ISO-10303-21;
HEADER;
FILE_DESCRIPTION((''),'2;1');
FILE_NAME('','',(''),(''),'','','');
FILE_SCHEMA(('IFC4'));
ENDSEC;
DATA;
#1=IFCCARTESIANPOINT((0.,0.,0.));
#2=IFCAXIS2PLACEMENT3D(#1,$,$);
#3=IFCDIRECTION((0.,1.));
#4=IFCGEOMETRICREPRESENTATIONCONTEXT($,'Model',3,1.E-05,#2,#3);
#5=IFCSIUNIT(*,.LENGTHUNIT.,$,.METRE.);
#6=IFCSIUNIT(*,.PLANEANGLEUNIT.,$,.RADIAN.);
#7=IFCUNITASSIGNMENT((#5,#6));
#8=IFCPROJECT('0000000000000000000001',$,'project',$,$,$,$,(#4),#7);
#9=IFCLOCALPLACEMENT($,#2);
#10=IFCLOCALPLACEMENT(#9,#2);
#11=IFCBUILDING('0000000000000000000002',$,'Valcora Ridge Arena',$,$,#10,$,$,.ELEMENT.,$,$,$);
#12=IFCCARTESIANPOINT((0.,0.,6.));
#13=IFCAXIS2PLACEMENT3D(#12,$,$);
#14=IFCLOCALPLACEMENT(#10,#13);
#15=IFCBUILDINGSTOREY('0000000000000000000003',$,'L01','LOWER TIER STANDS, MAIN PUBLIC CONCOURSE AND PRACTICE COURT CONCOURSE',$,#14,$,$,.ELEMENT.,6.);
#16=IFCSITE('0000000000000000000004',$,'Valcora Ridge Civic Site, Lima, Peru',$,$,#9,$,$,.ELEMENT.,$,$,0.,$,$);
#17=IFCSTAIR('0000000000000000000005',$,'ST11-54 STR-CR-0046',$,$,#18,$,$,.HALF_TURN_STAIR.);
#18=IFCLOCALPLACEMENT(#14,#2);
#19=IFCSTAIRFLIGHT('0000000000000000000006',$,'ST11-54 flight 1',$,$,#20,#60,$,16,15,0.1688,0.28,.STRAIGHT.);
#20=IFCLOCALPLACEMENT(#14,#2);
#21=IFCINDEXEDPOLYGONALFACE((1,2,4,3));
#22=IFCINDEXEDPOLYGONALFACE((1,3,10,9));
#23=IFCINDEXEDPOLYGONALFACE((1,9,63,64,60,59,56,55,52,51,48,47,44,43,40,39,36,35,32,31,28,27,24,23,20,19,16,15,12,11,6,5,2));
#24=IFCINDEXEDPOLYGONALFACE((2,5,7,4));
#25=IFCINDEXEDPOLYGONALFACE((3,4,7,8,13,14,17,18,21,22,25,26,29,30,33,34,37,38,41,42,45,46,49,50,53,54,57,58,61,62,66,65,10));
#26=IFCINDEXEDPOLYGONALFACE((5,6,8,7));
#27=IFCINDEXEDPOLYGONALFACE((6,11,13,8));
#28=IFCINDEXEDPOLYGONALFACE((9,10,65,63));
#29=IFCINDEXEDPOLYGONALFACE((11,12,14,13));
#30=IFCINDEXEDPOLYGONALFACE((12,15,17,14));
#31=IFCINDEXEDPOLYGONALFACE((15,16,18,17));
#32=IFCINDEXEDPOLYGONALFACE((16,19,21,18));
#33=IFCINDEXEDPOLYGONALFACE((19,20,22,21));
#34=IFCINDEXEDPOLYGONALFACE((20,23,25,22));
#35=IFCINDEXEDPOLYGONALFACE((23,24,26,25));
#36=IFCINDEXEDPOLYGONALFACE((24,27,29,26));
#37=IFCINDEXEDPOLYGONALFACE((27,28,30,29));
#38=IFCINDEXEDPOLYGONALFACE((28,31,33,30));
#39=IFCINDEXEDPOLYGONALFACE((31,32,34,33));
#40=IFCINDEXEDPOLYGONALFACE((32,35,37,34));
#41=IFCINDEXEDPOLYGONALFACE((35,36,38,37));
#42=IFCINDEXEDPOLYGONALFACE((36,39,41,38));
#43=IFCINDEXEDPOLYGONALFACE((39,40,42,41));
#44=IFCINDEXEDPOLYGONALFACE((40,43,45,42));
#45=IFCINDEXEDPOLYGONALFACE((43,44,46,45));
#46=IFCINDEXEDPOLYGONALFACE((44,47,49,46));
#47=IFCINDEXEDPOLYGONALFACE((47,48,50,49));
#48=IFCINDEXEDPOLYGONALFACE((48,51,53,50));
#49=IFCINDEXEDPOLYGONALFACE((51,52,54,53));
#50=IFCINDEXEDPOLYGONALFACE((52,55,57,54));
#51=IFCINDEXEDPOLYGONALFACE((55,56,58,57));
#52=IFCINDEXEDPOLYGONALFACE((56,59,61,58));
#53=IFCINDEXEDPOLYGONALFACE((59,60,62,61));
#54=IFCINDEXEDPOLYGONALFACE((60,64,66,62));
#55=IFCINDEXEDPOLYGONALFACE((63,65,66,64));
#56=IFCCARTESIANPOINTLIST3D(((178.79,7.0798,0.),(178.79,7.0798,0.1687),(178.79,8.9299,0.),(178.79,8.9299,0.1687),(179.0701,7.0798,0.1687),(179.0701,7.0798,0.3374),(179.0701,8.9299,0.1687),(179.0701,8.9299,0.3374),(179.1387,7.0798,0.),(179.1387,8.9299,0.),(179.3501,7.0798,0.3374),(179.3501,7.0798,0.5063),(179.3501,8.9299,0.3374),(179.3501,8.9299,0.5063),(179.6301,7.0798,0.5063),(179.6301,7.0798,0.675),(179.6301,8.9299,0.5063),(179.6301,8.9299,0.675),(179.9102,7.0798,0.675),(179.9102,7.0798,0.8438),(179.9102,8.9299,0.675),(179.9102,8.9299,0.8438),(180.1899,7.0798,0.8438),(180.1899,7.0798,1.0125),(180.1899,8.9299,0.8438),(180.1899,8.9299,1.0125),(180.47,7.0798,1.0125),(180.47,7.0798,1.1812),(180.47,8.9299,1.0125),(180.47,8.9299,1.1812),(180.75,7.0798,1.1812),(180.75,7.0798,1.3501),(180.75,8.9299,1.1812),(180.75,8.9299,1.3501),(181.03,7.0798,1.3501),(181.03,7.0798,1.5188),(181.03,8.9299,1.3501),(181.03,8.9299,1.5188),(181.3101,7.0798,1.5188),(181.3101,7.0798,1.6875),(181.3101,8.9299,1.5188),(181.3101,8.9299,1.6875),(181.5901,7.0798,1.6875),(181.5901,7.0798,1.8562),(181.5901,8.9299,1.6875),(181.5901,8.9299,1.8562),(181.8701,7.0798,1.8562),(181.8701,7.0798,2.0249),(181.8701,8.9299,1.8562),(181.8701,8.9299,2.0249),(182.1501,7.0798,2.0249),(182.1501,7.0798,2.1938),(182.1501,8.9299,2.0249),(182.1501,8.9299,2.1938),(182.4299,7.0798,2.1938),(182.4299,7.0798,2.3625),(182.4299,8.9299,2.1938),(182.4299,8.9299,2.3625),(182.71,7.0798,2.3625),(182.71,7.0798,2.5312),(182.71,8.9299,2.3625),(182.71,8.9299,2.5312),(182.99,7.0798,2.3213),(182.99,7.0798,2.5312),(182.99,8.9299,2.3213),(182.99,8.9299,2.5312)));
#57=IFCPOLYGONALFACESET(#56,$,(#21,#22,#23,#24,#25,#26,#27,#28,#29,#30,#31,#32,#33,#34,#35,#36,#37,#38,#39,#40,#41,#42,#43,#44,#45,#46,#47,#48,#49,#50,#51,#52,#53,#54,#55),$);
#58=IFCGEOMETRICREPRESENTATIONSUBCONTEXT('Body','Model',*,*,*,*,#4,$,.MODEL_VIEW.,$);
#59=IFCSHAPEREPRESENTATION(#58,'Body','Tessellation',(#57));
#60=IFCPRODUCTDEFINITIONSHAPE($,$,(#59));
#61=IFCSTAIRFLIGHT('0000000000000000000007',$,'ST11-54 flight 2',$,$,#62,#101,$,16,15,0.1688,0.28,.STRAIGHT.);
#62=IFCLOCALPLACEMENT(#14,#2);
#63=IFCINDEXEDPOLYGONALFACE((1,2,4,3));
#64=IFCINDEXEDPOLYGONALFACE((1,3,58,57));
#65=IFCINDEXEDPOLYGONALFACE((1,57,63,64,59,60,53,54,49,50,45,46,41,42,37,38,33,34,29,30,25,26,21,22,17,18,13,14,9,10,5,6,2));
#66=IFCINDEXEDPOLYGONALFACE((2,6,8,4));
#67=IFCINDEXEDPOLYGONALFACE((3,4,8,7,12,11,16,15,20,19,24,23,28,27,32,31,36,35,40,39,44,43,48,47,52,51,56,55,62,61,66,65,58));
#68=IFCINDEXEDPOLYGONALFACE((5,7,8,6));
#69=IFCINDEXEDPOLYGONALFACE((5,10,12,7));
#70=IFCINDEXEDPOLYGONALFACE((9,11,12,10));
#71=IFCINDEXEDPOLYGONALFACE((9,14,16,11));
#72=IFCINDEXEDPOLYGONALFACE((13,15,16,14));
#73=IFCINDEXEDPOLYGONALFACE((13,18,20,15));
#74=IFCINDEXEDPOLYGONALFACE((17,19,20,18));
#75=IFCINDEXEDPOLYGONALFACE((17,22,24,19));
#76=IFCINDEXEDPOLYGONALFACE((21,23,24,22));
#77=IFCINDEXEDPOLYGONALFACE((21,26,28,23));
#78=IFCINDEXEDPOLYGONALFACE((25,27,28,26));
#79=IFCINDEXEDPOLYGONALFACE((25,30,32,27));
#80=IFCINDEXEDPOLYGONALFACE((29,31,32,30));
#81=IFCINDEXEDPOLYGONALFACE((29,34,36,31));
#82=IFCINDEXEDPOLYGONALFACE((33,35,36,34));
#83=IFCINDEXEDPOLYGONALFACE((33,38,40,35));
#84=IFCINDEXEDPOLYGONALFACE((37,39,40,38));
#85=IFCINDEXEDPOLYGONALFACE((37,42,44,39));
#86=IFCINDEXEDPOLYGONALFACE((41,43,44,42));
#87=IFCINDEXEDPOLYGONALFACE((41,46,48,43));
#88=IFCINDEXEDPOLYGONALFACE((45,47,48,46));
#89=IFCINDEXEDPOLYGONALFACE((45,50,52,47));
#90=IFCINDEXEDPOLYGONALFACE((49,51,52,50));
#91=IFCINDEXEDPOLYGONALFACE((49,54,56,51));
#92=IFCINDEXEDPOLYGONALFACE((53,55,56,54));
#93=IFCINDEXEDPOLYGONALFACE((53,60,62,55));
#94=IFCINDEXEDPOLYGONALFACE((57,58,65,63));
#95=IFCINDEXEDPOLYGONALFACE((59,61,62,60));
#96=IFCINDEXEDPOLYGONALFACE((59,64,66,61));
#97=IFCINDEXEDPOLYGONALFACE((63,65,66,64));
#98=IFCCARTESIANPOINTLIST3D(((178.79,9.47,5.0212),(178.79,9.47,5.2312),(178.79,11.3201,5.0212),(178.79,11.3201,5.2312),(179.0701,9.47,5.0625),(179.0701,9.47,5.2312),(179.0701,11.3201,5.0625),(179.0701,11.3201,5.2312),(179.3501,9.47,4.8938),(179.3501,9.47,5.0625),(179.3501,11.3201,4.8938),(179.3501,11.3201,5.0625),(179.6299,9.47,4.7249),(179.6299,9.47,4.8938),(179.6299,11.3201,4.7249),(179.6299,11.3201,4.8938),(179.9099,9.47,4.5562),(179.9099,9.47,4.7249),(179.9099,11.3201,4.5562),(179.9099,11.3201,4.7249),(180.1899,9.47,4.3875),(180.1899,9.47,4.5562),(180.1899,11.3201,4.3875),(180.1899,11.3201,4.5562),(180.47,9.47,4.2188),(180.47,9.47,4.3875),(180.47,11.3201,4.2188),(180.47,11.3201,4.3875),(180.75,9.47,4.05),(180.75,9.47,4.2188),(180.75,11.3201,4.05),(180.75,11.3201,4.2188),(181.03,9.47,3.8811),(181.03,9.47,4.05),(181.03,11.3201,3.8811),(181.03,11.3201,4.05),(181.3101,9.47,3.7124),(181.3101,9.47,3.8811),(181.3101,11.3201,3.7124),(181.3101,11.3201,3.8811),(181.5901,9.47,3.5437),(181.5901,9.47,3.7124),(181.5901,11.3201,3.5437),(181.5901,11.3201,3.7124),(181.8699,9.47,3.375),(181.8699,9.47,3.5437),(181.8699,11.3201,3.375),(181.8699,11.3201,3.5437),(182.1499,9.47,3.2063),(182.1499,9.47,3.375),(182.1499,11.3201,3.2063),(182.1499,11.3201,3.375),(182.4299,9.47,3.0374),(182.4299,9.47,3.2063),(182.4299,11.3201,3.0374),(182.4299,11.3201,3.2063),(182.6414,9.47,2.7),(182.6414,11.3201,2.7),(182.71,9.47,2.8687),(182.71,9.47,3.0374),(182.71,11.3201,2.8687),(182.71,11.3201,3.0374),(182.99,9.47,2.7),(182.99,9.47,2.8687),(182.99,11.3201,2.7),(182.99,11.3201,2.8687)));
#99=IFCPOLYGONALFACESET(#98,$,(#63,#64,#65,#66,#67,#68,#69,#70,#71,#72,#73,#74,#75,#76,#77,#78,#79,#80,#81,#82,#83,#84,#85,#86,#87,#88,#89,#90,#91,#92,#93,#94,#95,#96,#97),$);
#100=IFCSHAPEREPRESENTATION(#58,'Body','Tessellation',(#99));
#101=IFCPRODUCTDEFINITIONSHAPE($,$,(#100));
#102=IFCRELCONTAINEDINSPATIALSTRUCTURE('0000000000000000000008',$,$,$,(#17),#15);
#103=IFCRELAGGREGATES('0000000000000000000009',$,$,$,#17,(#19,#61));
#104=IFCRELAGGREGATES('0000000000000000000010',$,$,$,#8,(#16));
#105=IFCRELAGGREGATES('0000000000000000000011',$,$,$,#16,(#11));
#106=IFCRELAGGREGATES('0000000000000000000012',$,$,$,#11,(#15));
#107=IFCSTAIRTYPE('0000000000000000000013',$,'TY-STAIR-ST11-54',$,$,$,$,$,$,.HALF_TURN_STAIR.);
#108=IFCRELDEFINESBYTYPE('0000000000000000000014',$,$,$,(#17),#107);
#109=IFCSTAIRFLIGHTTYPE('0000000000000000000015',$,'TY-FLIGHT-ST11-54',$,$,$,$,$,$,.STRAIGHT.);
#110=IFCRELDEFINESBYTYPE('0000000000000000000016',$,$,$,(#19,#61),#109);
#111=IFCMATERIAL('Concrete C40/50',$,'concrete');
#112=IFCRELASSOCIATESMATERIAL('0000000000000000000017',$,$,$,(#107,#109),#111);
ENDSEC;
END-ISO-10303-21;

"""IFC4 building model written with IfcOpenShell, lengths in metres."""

from ifc_helpers import new_model, si_unit, direction, frame, origin, place, context, subcontext, project, spatial, polyline, outline, extrude, material, type_object, element, aggregate, save


model = new_model("IFC4")

# Units and contexts
model_context = context("Model", 3, precision=1e-05, world=origin(), true_north=direction((0.0, 1.0)))
body_context = subcontext(model_context, "Body", "Model", "MODEL_VIEW")
ifc_project = project(units=[si_unit("LENGTHUNIT", "METRE"), si_unit("PLANEANGLEUNIT", "RADIAN")], contexts=[model_context])

# Site, building, storey
site_placement = place(None, origin())
site = spatial("IfcSite", under=ifc_project, at=site_placement, Name="Valcora Ridge Civic Site, Lima, Peru", CompositionType="ELEMENT", RefElevation=0.0)
building_placement = place(site_placement, origin())
building = spatial("IfcBuilding", under=site, at=building_placement, Name="Valcora Ridge Arena", CompositionType="ELEMENT")
storey_placement = place(building_placement, frame((0.0, 0.0, 6.0)))
storey = spatial("IfcBuildingStorey", under=building, at=storey_placement, Name="L01", Description="LOWER TIER STANDS, MAIN PUBLIC CONCOURSE AND PRACTICE COURT CONCOURSE", CompositionType="ELEMENT", Elevation=6.0)

# Stair, stair flights
ifc_material_1 = material(Name="Concrete C40/50", Category="concrete")
stair_type = type_object("IfcStairType", Name="TY-STAIR-ST11-54", PredefinedType="HALF_TURN_STAIR", material=ifc_material_1)
stair_placement = place(storey_placement, origin())
stair = element("IfcStair", 1, at=stair_placement, inside=storey, type_object=stair_type, Name="ST11-54 STR-CR-0046", PredefinedType="HALF_TURN_STAIR")
stair_flight_type = type_object("IfcStairFlightType", Name="TY-FLIGHT-ST11-54", PredefinedType="STRAIGHT", material=ifc_material_1)
stair_flight_1_placement = place(storey_placement, frame((178.79, 8.0049, 0.0), z_axis=(0.0, 0.0, 1.0), x_axis=(1.0, 0.0, 0.0)))
stair_flight_1 = element("IfcStairFlight", 2, at=stair_flight_1_placement, type_object=stair_flight_type, Name="ST11-54 flight 1", NumberOfRisers=16, NumberOfTreads=15, PredefinedType="STRAIGHT", RiserHeight=0.1688, TreadLength=0.28, context=body_context, shape_type="SweptSolid", body=[
    extrude(outline(polyline([(0.0, 0.0), (0.0, 0.1687), (0.28, 0.1687), (0.28, 0.3374), (0.5601, 0.3374), (0.5601, 0.5063), (0.8401, 0.5063), (0.8401, 0.675), (1.1201, 0.675), (1.1201, 0.8438), (1.3999, 0.8438), (1.3999, 1.0125), (1.6799, 1.0125), (1.6799, 1.1812), (1.96, 1.1812), (1.96, 1.3501), (2.24, 1.3501), (2.24, 1.5188), (2.52, 1.5188), (2.52, 1.6875), (2.8, 1.6875), (2.8, 1.8562), (3.0801, 1.8562), (3.0801, 2.0249), (3.3601, 2.0249), (3.3601, 2.1938), (3.6399, 2.1938), (3.6399, 2.3625), (3.9199, 2.3625), (3.9199, 2.5312), (4.2, 2.5312), (4.2, 2.7), (4.2, 2.3213), (0.3486, 0.0), (0.0, 0.0)])), frame((0.0, 0.925, 0.0), z_axis=(0.0, -1.0, 0.0), x_axis=(1.0, 0.0, 0.0)), (0.0, 0.0, 1.0), 1.8501),
])
stair_flight_2_placement = place(storey_placement, frame((182.99, 10.395, 2.7), z_axis=(0.0, 0.0, 1.0), x_axis=(-1.0, 0.0, 0.0)))
stair_flight_2 = element("IfcStairFlight", 3, at=stair_flight_2_placement, type_object=stair_flight_type, Name="ST11-54 flight 2", NumberOfRisers=16, NumberOfTreads=15, PredefinedType="STRAIGHT", RiserHeight=0.1688, TreadLength=0.28, context=body_context, shape_type="SweptSolid", body=[
    extrude(outline(polyline([(0.0, 0.0), (0.0, 0.1687), (0.28, 0.1687), (0.28, 0.3374), (0.5601, 0.3374), (0.5601, 0.5063), (0.8401, 0.5063), (0.8401, 0.675), (1.1201, 0.675), (1.1201, 0.8438), (1.3999, 0.8438), (1.3999, 1.0125), (1.6799, 1.0125), (1.6799, 1.1812), (1.96, 1.1812), (1.96, 1.3501), (2.24, 1.3501), (2.24, 1.5188), (2.52, 1.5188), (2.52, 1.6875), (2.8, 1.6875), (2.8, 1.8562), (3.0801, 1.8562), (3.0801, 2.0249), (3.3601, 2.0249), (3.3601, 2.1938), (3.6399, 2.1938), (3.6399, 2.3625), (3.9199, 2.3625), (3.9199, 2.5312), (4.2, 2.5312), (4.2, 2.7), (4.2, 2.3213), (0.3486, 0.0), (0.0, 0.0)])), frame((0.0, 0.925, 0.0), z_axis=(0.0, -1.0, 0.0), x_axis=(1.0, 0.0, 0.0)), (0.0, 0.0, 1.0), 1.8501),
])
aggregate(stair, [stair_flight_1, stair_flight_2])

save(model, "model.ifc")
